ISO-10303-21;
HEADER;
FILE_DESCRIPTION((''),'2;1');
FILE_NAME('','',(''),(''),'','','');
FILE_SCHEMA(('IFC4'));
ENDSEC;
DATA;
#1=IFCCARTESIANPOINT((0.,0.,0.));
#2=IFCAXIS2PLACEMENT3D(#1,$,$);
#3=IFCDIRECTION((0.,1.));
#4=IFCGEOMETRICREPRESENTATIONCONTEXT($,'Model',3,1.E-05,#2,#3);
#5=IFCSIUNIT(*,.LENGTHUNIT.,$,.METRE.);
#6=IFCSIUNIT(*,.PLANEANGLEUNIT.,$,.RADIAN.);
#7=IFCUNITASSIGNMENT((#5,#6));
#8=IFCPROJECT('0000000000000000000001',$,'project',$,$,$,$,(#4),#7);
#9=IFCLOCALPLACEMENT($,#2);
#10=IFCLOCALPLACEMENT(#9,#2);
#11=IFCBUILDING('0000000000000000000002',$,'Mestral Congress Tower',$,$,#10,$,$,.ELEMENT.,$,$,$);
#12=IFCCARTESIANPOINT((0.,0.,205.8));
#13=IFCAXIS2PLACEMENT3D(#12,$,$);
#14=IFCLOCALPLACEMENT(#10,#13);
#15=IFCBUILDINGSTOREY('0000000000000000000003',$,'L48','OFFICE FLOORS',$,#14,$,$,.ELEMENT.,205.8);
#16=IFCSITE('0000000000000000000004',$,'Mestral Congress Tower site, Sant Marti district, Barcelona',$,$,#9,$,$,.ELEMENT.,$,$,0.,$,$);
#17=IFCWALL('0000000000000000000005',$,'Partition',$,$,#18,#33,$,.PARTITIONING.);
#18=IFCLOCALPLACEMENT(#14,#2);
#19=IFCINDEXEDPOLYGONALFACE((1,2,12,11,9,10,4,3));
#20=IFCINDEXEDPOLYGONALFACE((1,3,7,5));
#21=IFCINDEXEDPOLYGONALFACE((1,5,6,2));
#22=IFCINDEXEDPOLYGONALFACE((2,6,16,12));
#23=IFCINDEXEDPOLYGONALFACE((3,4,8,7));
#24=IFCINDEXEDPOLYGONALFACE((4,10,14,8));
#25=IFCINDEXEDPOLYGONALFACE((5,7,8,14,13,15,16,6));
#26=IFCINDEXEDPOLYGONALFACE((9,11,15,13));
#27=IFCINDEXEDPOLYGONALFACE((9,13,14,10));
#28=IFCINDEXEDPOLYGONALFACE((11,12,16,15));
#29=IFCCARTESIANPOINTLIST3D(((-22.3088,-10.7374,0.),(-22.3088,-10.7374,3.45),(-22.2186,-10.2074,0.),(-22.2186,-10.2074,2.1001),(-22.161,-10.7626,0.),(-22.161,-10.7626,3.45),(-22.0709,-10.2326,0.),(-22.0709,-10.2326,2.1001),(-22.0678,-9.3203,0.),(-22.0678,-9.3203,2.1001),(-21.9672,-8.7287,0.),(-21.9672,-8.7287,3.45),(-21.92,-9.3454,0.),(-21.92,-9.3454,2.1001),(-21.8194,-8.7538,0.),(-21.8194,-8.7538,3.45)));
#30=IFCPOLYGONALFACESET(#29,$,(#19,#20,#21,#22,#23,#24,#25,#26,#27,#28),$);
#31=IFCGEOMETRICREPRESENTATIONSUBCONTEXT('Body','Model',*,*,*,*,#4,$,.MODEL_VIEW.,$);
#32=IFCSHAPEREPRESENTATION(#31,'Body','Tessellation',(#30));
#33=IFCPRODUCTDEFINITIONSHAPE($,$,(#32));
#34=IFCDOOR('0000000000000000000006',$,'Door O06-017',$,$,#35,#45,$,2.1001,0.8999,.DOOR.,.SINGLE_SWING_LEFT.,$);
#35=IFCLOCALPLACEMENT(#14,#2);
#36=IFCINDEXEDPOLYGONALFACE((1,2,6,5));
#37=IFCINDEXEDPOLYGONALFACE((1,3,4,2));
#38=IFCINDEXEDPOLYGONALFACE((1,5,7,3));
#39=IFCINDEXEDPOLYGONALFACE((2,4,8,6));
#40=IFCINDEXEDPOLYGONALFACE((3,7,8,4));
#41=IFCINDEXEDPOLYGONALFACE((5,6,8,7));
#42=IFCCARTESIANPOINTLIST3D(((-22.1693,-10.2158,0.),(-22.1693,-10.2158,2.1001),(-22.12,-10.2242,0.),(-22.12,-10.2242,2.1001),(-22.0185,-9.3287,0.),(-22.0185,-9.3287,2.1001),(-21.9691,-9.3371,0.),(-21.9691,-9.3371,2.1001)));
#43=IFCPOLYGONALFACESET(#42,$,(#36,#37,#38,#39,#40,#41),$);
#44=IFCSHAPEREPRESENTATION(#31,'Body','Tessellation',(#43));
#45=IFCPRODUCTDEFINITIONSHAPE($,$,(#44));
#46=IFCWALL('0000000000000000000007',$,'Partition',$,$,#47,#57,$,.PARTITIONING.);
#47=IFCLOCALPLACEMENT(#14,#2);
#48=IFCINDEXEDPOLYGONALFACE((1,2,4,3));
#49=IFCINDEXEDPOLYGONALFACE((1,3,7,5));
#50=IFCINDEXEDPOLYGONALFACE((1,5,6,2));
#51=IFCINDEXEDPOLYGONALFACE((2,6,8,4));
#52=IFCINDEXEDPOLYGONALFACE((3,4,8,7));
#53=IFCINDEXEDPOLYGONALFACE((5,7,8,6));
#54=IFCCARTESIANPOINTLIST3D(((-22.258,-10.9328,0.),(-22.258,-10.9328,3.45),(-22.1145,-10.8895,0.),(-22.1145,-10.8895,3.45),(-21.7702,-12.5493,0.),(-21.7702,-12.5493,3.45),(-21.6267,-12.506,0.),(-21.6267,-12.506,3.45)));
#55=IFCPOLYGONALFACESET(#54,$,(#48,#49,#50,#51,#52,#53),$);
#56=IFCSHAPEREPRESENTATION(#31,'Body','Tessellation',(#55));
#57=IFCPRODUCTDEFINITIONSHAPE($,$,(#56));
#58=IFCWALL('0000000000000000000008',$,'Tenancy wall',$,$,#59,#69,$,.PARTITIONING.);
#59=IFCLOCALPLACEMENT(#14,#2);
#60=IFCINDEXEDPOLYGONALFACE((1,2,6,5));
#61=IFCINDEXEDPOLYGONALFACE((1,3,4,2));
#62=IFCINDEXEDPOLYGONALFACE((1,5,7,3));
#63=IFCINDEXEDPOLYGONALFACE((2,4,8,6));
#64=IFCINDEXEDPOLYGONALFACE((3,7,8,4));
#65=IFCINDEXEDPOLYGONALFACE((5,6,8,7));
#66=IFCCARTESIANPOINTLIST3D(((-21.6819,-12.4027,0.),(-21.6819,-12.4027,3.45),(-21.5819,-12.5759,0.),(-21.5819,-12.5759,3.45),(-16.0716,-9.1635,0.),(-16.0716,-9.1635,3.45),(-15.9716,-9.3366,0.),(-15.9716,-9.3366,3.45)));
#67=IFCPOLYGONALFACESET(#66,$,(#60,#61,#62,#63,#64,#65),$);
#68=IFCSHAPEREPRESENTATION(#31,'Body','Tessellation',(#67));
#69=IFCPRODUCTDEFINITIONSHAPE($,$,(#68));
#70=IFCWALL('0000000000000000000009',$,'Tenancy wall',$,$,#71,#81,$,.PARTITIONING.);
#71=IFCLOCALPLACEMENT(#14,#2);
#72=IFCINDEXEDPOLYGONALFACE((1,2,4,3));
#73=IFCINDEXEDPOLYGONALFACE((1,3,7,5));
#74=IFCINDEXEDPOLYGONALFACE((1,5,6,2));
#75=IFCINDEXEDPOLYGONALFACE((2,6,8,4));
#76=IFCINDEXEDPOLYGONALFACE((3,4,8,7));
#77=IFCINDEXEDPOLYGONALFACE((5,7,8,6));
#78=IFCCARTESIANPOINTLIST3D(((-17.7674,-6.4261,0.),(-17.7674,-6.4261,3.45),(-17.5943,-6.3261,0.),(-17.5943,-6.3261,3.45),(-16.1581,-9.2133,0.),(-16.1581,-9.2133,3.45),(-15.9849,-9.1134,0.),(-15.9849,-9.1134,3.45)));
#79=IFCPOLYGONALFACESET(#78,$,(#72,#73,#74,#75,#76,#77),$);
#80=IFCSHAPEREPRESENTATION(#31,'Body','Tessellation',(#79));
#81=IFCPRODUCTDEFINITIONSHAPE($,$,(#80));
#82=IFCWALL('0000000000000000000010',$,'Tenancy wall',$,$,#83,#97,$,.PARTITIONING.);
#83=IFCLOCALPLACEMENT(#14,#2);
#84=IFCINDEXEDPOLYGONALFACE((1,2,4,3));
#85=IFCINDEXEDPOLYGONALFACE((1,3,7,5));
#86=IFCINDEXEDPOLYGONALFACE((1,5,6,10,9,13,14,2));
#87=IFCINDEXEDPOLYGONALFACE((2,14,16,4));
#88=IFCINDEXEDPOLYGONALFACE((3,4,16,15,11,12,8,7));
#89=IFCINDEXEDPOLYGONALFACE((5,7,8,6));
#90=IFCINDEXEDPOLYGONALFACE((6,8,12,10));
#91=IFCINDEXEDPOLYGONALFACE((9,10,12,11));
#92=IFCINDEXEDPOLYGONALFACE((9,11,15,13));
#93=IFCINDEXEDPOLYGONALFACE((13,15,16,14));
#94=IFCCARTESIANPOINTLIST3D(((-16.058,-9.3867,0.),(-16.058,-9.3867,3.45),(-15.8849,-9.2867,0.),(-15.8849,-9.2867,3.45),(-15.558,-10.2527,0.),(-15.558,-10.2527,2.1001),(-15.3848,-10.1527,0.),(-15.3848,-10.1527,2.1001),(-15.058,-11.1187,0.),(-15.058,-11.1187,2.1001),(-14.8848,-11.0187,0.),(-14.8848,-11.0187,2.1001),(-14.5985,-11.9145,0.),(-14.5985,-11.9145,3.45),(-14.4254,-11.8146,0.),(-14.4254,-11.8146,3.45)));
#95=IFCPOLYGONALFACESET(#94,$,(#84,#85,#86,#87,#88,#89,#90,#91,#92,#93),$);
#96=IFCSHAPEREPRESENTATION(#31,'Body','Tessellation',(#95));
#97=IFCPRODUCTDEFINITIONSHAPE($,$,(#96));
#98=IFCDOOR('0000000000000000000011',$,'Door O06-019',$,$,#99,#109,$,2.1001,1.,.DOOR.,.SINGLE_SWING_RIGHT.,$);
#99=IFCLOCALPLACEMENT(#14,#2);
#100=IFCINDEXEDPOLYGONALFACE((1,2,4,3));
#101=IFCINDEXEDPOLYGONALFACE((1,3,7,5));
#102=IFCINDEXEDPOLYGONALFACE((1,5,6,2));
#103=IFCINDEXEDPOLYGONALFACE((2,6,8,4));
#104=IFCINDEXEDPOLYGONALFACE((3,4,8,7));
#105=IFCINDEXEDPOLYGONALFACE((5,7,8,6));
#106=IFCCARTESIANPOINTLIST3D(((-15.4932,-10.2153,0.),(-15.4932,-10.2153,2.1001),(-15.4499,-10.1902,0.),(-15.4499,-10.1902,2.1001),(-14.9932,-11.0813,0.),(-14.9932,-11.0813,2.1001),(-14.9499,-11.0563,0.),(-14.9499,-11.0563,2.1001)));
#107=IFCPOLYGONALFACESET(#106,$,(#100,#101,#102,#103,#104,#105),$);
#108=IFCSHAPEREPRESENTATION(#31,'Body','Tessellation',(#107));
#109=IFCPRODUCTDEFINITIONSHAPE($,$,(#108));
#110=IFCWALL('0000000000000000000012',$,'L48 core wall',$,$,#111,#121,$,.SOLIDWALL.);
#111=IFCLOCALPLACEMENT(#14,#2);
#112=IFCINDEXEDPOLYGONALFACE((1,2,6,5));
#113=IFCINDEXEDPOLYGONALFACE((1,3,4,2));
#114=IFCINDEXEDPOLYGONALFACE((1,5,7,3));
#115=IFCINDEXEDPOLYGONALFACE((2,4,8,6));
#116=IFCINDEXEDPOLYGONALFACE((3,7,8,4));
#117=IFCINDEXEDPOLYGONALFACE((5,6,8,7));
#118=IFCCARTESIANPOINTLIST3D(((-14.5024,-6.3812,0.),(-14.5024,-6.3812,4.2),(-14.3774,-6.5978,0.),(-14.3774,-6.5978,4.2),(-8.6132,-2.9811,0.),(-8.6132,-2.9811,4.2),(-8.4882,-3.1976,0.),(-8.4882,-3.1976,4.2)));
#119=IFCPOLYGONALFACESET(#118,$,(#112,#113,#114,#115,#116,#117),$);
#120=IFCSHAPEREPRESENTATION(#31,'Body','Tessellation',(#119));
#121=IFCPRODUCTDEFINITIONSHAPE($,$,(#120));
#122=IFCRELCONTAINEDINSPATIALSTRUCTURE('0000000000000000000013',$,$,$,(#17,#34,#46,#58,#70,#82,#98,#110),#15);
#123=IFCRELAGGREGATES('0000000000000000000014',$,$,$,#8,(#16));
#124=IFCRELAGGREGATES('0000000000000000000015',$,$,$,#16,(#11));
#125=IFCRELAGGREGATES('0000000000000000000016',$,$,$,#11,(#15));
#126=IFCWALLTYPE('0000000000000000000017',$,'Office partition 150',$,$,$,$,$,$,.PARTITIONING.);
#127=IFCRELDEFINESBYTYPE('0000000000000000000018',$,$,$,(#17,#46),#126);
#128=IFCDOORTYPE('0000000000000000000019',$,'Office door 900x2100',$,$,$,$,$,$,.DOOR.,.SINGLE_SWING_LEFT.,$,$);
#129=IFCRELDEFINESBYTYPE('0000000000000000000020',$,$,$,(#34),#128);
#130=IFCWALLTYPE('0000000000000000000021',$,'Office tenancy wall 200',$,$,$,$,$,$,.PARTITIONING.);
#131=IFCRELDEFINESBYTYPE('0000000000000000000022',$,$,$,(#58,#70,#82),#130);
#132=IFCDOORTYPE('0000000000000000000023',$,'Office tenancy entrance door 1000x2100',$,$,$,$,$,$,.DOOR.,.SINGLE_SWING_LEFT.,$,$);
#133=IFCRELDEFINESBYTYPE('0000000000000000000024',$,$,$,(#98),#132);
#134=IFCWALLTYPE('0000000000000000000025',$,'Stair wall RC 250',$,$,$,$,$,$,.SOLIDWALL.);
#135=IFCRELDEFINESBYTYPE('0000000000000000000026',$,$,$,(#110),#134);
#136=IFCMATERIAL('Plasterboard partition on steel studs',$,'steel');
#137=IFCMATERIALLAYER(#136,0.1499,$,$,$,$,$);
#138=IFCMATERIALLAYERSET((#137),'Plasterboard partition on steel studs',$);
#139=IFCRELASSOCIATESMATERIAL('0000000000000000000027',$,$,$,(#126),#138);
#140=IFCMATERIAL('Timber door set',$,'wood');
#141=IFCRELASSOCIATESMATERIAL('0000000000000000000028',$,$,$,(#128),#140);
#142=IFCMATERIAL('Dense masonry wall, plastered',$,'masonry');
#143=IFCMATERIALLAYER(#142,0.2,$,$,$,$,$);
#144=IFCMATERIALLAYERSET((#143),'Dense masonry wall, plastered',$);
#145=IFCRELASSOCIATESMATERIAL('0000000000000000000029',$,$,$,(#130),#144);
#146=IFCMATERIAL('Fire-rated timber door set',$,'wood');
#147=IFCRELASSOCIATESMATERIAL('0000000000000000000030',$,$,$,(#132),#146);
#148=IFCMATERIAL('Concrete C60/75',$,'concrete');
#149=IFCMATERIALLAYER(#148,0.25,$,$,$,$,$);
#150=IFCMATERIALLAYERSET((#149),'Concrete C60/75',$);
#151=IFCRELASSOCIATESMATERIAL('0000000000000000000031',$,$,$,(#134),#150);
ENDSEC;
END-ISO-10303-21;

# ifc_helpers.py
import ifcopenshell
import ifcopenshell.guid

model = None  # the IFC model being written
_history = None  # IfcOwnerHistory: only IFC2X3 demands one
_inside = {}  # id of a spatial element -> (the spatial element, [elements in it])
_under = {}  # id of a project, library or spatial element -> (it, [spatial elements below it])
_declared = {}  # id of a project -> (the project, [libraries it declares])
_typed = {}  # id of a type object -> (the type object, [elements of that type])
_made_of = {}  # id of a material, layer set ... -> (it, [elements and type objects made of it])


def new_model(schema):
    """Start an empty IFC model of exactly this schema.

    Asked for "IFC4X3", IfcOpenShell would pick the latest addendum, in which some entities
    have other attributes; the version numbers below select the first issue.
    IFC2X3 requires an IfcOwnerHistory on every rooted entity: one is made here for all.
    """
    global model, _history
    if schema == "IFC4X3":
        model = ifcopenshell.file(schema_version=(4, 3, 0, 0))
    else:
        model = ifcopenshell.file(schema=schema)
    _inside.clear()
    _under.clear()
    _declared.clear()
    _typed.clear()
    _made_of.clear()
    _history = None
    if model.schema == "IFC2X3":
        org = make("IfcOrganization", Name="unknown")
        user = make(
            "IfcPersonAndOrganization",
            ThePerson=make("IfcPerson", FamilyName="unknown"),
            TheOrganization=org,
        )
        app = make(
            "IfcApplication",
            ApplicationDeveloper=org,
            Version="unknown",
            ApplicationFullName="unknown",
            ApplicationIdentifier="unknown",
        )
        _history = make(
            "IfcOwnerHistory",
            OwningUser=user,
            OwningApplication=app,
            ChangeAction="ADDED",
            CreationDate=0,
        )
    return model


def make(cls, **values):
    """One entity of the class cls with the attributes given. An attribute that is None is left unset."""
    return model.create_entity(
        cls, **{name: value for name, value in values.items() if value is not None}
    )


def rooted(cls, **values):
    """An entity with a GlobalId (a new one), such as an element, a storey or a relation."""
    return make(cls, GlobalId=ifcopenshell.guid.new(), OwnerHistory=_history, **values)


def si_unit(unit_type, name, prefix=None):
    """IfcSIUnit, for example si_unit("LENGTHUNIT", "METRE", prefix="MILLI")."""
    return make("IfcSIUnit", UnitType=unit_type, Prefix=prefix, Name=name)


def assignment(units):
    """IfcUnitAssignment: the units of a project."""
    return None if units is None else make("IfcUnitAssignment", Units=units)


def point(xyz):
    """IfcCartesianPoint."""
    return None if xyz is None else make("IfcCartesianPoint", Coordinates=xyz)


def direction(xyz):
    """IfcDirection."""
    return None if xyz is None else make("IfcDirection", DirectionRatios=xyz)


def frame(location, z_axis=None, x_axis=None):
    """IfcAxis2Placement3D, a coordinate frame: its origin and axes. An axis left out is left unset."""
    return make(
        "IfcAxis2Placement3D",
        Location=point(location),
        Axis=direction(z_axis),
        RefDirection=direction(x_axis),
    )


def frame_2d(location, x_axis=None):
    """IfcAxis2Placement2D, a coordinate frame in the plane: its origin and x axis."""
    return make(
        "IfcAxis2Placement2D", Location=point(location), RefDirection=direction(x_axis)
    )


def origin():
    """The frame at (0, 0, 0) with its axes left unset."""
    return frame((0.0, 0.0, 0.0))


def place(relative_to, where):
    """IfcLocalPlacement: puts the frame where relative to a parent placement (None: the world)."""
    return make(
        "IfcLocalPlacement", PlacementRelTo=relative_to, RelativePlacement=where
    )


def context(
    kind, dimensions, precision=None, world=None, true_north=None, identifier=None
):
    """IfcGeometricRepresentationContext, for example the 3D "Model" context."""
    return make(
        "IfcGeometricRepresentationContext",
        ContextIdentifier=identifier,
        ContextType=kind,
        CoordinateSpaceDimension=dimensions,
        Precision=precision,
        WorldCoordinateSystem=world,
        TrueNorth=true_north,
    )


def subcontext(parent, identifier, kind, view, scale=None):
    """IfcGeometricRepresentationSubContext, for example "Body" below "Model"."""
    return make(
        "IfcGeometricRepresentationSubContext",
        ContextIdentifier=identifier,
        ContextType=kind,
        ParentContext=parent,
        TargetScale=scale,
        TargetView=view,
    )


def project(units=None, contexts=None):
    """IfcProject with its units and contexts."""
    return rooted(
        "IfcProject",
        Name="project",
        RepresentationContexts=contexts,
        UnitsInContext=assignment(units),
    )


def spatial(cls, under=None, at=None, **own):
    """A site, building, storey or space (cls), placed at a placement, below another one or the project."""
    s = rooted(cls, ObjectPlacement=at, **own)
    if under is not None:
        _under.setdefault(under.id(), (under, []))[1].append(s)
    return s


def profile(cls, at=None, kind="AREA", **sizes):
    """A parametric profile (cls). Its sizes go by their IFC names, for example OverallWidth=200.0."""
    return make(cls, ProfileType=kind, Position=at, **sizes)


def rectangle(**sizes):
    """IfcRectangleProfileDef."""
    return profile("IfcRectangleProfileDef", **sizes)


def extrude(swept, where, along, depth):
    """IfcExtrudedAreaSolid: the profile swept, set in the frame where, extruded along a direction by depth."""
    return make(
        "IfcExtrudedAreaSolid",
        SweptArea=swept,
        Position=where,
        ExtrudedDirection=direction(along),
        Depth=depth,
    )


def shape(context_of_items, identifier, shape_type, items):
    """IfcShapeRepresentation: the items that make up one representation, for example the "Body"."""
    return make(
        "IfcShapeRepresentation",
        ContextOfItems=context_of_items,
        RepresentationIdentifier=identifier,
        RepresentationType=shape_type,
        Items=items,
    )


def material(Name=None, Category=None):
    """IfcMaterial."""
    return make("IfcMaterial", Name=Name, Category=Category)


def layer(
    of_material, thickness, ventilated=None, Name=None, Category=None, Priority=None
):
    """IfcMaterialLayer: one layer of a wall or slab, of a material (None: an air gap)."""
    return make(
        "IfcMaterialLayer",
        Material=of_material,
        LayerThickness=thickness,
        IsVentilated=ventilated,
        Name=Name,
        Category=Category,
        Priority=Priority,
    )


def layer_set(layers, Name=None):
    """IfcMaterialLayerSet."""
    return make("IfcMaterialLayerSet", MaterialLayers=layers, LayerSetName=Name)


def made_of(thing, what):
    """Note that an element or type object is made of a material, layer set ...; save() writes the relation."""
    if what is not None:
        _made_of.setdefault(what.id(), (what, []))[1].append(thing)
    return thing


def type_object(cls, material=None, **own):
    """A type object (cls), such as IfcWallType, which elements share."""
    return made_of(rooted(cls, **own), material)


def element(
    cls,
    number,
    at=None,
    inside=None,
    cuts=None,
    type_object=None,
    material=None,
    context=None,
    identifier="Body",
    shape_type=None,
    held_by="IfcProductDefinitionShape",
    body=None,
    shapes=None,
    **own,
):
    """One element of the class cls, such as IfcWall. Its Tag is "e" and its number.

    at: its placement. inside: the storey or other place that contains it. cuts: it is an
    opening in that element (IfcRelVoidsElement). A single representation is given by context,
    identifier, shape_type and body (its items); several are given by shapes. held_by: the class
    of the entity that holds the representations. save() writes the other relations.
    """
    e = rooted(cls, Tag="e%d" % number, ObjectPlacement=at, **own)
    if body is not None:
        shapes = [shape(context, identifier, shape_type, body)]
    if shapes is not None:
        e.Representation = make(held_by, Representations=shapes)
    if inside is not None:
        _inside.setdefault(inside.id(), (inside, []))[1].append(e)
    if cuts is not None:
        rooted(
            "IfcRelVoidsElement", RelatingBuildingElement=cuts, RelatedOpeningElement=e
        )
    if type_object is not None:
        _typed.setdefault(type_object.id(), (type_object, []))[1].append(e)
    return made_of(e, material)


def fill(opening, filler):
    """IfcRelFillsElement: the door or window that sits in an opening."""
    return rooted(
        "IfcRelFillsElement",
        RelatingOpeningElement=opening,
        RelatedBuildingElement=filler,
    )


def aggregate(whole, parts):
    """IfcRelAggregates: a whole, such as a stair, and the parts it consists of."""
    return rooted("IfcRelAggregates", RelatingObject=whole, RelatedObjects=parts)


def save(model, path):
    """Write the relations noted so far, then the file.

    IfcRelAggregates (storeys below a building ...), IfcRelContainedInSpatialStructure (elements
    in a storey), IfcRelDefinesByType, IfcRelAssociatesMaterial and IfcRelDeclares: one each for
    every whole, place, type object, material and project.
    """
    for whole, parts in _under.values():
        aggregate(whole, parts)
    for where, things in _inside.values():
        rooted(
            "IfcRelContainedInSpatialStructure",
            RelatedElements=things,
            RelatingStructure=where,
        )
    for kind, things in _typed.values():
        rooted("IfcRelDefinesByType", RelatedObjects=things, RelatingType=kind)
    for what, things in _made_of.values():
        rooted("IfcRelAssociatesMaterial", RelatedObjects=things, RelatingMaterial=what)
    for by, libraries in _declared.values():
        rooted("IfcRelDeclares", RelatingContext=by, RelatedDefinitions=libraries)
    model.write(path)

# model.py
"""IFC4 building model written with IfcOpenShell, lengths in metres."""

from ifc_helpers import new_model, si_unit, direction, frame, frame_2d, origin, place, context, subcontext, project, spatial, rectangle, extrude, material, layer, layer_set, type_object, element, fill, save


model = new_model("IFC4")

# Units and contexts
model_context = context("Model", 3, precision=1e-05, world=origin(), true_north=direction((0.0, 1.0)))
body_context = subcontext(model_context, "Body", "Model", "MODEL_VIEW")
ifc_project = project(units=[si_unit("LENGTHUNIT", "METRE"), si_unit("PLANEANGLEUNIT", "RADIAN")], contexts=[model_context])

# Site, building, storey
site_placement = place(None, origin())
site = spatial("IfcSite", under=ifc_project, at=site_placement, Name="Mestral Congress Tower site, Sant Marti district, Barcelona", CompositionType="ELEMENT", RefElevation=0.0)
building_placement = place(site_placement, origin())
building = spatial("IfcBuilding", under=site, at=building_placement, Name="Mestral Congress Tower", CompositionType="ELEMENT")
storey_placement = place(building_placement, frame((0.0, 0.0, 205.8)))
storey = spatial("IfcBuildingStorey", under=building, at=storey_placement, Name="L48", Description="OFFICE FLOORS", CompositionType="ELEMENT", Elevation=205.8)

# Shared definitions
ifc_material_1 = material(Name="Concrete C60/75", Category="concrete")

# Shared definitions
ifc_material_2 = material(Name="Plasterboard partition on steel studs", Category="steel")
ifc_layer_1 = layer(ifc_material_2, 0.1499)
ifc_layer_set_1 = layer_set([ifc_layer_1], Name="Plasterboard partition on steel studs")
wall_type_1 = type_object("IfcWallType", Name="Office partition 150", PredefinedType="PARTITIONING", material=ifc_layer_set_1)

# Shared definitions
ifc_material_3 = material(Name="Timber door set", Category="wood")
door_type_1 = type_object("IfcDoorType", Name="Office door 900x2100", OperationType="SINGLE_SWING_LEFT", PredefinedType="DOOR", material=ifc_material_3)

# Wall, opening, door
wall_1_placement = place(storey_placement, frame((-22.2349, -10.75, 0.0), z_axis=(0.0, 0.0, 1.0), x_axis=(0.167623, 0.985851, 0.0)))
wall_1 = element("IfcWall", 1, at=wall_1_placement, inside=storey, type_object=wall_type_1, Name="Partition", PredefinedType="PARTITIONING", context=body_context, shape_type="SweptSolid", body=[
    extrude(rectangle(XDim=2.0376, YDim=0.1499, at=frame_2d((1.0188, 0.0))), origin(), (0.0, 0.0, 1.0), 3.45),
])
opening_1_placement = place(wall_1_placement, frame((0.5376, 0.0, 0.0)))
opening_1 = element("IfcOpeningElement", 2, at=opening_1_placement, cuts=wall_1, PredefinedType="OPENING", context=body_context, shape_type="SweptSolid", body=[
    extrude(rectangle(XDim=0.8999, YDim=2.1001, at=frame_2d((0.45, 1.05))), frame((0.0, 0.085, 0.0), z_axis=(0.0, -1.0, 0.0), x_axis=(1.0, 0.0, 0.0)), (0.0, 0.0, 1.0), 0.1699),
])
door_1_placement = place(opening_1_placement, origin())
door_1 = element("IfcDoor", 3, at=door_1_placement, inside=storey, type_object=door_type_1, Name="Door O06-017", OperationType="SINGLE_SWING_LEFT", OverallHeight=2.1001, OverallWidth=0.8999, PredefinedType="DOOR", context=body_context, shape_type="SweptSolid", body=[
    extrude(rectangle(XDim=0.8999, YDim=2.1001, at=frame_2d((0.45, 1.05))), frame((0.0, 0.0249, 0.0), z_axis=(0.0, -1.0, 0.0), x_axis=(1.0, 0.0, 0.0)), (0.0, 0.0, 1.0), 0.05),
])
fill(opening_1, door_1)

# Walls
wall_2_placement = place(storey_placement, frame((-22.1863, -10.9111, 0.0), z_axis=(0.0, 0.0, 1.0), x_axis=(0.2889, -0.957359, 0.0)))
element("IfcWall", 4, at=wall_2_placement, inside=storey, type_object=wall_type_1, Name="Partition", PredefinedType="PARTITIONING", context=body_context, shape_type="SweptSolid", body=[
    extrude(rectangle(XDim=1.6885, YDim=0.1499, at=frame_2d((0.8442, 0.0))), origin(), (0.0, 0.0, 1.0), 3.45),
])
ifc_material_4 = material(Name="Dense masonry wall, plastered", Category="masonry")
ifc_layer_2 = layer(ifc_material_4, 0.2)
ifc_layer_set_2 = layer_set([ifc_layer_2], Name="Dense masonry wall, plastered")
wall_type_2 = type_object("IfcWallType", Name="Office tenancy wall 200", PredefinedType="PARTITIONING", material=ifc_layer_set_2)
wall_3_placement = place(storey_placement, frame((-16.0215, -9.25, 0.0), z_axis=(0.0, 0.0, 1.0), x_axis=(-0.866017, -0.500014, 0.0)))
element("IfcWall", 5, at=wall_3_placement, inside=storey, type_object=wall_type_2, Name="Tenancy wall", PredefinedType="PARTITIONING", context=body_context, shape_type="SweptSolid", body=[
    extrude(rectangle(XDim=6.4783, YDim=0.2, at=frame_2d((3.2393, 0.0))), origin(), (0.0, 0.0, 1.0), 3.45),
])
wall_4_placement = place(storey_placement, frame((-17.6809, -6.376, 0.0), z_axis=(0.0, 0.0, 1.0), x_axis=(0.500022, -0.866013, 0.0)))
element("IfcWall", 6, at=wall_4_placement, inside=storey, type_object=wall_type_2, Name="Tenancy wall", PredefinedType="PARTITIONING", context=body_context, shape_type="SweptSolid", body=[
    extrude(rectangle(XDim=3.2185, YDim=0.2, at=frame_2d((1.6094, 0.0))), origin(), (0.0, 0.0, 1.0), 3.45),
])

# Wall, opening, door
wall_5_placement = place(storey_placement, frame((-15.9714, -9.3367, 0.0), z_axis=(0.0, 0.0, 1.0), x_axis=(0.500007, -0.866021, 0.0)))
wall_5 = element("IfcWall", 7, at=wall_5_placement, inside=storey, type_object=wall_type_2, Name="Tenancy wall", PredefinedType="PARTITIONING", context=body_context, shape_type="SweptSolid", body=[
    extrude(rectangle(XDim=2.9189, YDim=0.2, at=frame_2d((1.4595, 0.0))), origin(), (0.0, 0.0, 1.0), 3.45),
])
opening_2_placement = place(wall_5_placement, frame((1.0, 0.0, 0.0)))
opening_2 = element("IfcOpeningElement", 8, at=opening_2_placement, cuts=wall_5, PredefinedType="OPENING", context=body_context, shape_type="SweptSolid", body=[
    extrude(rectangle(XDim=1.0, YDim=2.1001, at=frame_2d((0.5, 1.05))), frame((0.0, 0.1099, 0.0), z_axis=(0.0, -1.0, 0.0), x_axis=(1.0, 0.0, 0.0)), (0.0, 0.0, 1.0), 0.22),
])
ifc_material_5 = material(Name="Fire-rated timber door set", Category="wood")
door_type_2 = type_object("IfcDoorType", Name="Office tenancy entrance door 1000x2100", OperationType="SINGLE_SWING_LEFT", PredefinedType="DOOR", material=ifc_material_5)
door_2_placement = place(opening_2_placement, origin())
door_2 = element("IfcDoor", 9, at=door_2_placement, inside=storey, type_object=door_type_2, Name="Door O06-019", OperationType="SINGLE_SWING_RIGHT", OverallHeight=2.1001, OverallWidth=1.0, PredefinedType="DOOR", context=body_context, shape_type="SweptSolid", body=[
    extrude(rectangle(XDim=1.0, YDim=2.1001, at=frame_2d((0.5, 1.05))), frame((0.0, 0.0249, 0.0), z_axis=(0.0, -1.0, 0.0), x_axis=(1.0, 0.0, 0.0)), (0.0, 0.0, 1.0), 0.05),
])
fill(opening_2, door_2)

# Wall
ifc_layer_3 = layer(ifc_material_1, 0.25)
ifc_layer_set_3 = layer_set([ifc_layer_3], Name="Concrete C60/75")
wall_type_3 = type_object("IfcWallType", Name="Stair wall RC 250", PredefinedType="SOLIDWALL", material=ifc_layer_set_3)
wall_6_placement = place(storey_placement, frame((-14.4399, -6.4895, 0.0), z_axis=(0.0, 0.0, 1.0), x_axis=(0.866023, 0.500004, 0.0)))
element("IfcWall", 10, at=wall_6_placement, inside=storey, type_object=wall_type_3, Name="L48 core wall", PredefinedType="SOLIDWALL", context=body_context, shape_type="SweptSolid", body=[
    extrude(rectangle(XDim=6.8003, YDim=0.25, at=frame_2d((3.4001, 0.0))), origin(), (0.0, 0.0, 1.0), 4.2),
])

save(model, "model.ifc")
